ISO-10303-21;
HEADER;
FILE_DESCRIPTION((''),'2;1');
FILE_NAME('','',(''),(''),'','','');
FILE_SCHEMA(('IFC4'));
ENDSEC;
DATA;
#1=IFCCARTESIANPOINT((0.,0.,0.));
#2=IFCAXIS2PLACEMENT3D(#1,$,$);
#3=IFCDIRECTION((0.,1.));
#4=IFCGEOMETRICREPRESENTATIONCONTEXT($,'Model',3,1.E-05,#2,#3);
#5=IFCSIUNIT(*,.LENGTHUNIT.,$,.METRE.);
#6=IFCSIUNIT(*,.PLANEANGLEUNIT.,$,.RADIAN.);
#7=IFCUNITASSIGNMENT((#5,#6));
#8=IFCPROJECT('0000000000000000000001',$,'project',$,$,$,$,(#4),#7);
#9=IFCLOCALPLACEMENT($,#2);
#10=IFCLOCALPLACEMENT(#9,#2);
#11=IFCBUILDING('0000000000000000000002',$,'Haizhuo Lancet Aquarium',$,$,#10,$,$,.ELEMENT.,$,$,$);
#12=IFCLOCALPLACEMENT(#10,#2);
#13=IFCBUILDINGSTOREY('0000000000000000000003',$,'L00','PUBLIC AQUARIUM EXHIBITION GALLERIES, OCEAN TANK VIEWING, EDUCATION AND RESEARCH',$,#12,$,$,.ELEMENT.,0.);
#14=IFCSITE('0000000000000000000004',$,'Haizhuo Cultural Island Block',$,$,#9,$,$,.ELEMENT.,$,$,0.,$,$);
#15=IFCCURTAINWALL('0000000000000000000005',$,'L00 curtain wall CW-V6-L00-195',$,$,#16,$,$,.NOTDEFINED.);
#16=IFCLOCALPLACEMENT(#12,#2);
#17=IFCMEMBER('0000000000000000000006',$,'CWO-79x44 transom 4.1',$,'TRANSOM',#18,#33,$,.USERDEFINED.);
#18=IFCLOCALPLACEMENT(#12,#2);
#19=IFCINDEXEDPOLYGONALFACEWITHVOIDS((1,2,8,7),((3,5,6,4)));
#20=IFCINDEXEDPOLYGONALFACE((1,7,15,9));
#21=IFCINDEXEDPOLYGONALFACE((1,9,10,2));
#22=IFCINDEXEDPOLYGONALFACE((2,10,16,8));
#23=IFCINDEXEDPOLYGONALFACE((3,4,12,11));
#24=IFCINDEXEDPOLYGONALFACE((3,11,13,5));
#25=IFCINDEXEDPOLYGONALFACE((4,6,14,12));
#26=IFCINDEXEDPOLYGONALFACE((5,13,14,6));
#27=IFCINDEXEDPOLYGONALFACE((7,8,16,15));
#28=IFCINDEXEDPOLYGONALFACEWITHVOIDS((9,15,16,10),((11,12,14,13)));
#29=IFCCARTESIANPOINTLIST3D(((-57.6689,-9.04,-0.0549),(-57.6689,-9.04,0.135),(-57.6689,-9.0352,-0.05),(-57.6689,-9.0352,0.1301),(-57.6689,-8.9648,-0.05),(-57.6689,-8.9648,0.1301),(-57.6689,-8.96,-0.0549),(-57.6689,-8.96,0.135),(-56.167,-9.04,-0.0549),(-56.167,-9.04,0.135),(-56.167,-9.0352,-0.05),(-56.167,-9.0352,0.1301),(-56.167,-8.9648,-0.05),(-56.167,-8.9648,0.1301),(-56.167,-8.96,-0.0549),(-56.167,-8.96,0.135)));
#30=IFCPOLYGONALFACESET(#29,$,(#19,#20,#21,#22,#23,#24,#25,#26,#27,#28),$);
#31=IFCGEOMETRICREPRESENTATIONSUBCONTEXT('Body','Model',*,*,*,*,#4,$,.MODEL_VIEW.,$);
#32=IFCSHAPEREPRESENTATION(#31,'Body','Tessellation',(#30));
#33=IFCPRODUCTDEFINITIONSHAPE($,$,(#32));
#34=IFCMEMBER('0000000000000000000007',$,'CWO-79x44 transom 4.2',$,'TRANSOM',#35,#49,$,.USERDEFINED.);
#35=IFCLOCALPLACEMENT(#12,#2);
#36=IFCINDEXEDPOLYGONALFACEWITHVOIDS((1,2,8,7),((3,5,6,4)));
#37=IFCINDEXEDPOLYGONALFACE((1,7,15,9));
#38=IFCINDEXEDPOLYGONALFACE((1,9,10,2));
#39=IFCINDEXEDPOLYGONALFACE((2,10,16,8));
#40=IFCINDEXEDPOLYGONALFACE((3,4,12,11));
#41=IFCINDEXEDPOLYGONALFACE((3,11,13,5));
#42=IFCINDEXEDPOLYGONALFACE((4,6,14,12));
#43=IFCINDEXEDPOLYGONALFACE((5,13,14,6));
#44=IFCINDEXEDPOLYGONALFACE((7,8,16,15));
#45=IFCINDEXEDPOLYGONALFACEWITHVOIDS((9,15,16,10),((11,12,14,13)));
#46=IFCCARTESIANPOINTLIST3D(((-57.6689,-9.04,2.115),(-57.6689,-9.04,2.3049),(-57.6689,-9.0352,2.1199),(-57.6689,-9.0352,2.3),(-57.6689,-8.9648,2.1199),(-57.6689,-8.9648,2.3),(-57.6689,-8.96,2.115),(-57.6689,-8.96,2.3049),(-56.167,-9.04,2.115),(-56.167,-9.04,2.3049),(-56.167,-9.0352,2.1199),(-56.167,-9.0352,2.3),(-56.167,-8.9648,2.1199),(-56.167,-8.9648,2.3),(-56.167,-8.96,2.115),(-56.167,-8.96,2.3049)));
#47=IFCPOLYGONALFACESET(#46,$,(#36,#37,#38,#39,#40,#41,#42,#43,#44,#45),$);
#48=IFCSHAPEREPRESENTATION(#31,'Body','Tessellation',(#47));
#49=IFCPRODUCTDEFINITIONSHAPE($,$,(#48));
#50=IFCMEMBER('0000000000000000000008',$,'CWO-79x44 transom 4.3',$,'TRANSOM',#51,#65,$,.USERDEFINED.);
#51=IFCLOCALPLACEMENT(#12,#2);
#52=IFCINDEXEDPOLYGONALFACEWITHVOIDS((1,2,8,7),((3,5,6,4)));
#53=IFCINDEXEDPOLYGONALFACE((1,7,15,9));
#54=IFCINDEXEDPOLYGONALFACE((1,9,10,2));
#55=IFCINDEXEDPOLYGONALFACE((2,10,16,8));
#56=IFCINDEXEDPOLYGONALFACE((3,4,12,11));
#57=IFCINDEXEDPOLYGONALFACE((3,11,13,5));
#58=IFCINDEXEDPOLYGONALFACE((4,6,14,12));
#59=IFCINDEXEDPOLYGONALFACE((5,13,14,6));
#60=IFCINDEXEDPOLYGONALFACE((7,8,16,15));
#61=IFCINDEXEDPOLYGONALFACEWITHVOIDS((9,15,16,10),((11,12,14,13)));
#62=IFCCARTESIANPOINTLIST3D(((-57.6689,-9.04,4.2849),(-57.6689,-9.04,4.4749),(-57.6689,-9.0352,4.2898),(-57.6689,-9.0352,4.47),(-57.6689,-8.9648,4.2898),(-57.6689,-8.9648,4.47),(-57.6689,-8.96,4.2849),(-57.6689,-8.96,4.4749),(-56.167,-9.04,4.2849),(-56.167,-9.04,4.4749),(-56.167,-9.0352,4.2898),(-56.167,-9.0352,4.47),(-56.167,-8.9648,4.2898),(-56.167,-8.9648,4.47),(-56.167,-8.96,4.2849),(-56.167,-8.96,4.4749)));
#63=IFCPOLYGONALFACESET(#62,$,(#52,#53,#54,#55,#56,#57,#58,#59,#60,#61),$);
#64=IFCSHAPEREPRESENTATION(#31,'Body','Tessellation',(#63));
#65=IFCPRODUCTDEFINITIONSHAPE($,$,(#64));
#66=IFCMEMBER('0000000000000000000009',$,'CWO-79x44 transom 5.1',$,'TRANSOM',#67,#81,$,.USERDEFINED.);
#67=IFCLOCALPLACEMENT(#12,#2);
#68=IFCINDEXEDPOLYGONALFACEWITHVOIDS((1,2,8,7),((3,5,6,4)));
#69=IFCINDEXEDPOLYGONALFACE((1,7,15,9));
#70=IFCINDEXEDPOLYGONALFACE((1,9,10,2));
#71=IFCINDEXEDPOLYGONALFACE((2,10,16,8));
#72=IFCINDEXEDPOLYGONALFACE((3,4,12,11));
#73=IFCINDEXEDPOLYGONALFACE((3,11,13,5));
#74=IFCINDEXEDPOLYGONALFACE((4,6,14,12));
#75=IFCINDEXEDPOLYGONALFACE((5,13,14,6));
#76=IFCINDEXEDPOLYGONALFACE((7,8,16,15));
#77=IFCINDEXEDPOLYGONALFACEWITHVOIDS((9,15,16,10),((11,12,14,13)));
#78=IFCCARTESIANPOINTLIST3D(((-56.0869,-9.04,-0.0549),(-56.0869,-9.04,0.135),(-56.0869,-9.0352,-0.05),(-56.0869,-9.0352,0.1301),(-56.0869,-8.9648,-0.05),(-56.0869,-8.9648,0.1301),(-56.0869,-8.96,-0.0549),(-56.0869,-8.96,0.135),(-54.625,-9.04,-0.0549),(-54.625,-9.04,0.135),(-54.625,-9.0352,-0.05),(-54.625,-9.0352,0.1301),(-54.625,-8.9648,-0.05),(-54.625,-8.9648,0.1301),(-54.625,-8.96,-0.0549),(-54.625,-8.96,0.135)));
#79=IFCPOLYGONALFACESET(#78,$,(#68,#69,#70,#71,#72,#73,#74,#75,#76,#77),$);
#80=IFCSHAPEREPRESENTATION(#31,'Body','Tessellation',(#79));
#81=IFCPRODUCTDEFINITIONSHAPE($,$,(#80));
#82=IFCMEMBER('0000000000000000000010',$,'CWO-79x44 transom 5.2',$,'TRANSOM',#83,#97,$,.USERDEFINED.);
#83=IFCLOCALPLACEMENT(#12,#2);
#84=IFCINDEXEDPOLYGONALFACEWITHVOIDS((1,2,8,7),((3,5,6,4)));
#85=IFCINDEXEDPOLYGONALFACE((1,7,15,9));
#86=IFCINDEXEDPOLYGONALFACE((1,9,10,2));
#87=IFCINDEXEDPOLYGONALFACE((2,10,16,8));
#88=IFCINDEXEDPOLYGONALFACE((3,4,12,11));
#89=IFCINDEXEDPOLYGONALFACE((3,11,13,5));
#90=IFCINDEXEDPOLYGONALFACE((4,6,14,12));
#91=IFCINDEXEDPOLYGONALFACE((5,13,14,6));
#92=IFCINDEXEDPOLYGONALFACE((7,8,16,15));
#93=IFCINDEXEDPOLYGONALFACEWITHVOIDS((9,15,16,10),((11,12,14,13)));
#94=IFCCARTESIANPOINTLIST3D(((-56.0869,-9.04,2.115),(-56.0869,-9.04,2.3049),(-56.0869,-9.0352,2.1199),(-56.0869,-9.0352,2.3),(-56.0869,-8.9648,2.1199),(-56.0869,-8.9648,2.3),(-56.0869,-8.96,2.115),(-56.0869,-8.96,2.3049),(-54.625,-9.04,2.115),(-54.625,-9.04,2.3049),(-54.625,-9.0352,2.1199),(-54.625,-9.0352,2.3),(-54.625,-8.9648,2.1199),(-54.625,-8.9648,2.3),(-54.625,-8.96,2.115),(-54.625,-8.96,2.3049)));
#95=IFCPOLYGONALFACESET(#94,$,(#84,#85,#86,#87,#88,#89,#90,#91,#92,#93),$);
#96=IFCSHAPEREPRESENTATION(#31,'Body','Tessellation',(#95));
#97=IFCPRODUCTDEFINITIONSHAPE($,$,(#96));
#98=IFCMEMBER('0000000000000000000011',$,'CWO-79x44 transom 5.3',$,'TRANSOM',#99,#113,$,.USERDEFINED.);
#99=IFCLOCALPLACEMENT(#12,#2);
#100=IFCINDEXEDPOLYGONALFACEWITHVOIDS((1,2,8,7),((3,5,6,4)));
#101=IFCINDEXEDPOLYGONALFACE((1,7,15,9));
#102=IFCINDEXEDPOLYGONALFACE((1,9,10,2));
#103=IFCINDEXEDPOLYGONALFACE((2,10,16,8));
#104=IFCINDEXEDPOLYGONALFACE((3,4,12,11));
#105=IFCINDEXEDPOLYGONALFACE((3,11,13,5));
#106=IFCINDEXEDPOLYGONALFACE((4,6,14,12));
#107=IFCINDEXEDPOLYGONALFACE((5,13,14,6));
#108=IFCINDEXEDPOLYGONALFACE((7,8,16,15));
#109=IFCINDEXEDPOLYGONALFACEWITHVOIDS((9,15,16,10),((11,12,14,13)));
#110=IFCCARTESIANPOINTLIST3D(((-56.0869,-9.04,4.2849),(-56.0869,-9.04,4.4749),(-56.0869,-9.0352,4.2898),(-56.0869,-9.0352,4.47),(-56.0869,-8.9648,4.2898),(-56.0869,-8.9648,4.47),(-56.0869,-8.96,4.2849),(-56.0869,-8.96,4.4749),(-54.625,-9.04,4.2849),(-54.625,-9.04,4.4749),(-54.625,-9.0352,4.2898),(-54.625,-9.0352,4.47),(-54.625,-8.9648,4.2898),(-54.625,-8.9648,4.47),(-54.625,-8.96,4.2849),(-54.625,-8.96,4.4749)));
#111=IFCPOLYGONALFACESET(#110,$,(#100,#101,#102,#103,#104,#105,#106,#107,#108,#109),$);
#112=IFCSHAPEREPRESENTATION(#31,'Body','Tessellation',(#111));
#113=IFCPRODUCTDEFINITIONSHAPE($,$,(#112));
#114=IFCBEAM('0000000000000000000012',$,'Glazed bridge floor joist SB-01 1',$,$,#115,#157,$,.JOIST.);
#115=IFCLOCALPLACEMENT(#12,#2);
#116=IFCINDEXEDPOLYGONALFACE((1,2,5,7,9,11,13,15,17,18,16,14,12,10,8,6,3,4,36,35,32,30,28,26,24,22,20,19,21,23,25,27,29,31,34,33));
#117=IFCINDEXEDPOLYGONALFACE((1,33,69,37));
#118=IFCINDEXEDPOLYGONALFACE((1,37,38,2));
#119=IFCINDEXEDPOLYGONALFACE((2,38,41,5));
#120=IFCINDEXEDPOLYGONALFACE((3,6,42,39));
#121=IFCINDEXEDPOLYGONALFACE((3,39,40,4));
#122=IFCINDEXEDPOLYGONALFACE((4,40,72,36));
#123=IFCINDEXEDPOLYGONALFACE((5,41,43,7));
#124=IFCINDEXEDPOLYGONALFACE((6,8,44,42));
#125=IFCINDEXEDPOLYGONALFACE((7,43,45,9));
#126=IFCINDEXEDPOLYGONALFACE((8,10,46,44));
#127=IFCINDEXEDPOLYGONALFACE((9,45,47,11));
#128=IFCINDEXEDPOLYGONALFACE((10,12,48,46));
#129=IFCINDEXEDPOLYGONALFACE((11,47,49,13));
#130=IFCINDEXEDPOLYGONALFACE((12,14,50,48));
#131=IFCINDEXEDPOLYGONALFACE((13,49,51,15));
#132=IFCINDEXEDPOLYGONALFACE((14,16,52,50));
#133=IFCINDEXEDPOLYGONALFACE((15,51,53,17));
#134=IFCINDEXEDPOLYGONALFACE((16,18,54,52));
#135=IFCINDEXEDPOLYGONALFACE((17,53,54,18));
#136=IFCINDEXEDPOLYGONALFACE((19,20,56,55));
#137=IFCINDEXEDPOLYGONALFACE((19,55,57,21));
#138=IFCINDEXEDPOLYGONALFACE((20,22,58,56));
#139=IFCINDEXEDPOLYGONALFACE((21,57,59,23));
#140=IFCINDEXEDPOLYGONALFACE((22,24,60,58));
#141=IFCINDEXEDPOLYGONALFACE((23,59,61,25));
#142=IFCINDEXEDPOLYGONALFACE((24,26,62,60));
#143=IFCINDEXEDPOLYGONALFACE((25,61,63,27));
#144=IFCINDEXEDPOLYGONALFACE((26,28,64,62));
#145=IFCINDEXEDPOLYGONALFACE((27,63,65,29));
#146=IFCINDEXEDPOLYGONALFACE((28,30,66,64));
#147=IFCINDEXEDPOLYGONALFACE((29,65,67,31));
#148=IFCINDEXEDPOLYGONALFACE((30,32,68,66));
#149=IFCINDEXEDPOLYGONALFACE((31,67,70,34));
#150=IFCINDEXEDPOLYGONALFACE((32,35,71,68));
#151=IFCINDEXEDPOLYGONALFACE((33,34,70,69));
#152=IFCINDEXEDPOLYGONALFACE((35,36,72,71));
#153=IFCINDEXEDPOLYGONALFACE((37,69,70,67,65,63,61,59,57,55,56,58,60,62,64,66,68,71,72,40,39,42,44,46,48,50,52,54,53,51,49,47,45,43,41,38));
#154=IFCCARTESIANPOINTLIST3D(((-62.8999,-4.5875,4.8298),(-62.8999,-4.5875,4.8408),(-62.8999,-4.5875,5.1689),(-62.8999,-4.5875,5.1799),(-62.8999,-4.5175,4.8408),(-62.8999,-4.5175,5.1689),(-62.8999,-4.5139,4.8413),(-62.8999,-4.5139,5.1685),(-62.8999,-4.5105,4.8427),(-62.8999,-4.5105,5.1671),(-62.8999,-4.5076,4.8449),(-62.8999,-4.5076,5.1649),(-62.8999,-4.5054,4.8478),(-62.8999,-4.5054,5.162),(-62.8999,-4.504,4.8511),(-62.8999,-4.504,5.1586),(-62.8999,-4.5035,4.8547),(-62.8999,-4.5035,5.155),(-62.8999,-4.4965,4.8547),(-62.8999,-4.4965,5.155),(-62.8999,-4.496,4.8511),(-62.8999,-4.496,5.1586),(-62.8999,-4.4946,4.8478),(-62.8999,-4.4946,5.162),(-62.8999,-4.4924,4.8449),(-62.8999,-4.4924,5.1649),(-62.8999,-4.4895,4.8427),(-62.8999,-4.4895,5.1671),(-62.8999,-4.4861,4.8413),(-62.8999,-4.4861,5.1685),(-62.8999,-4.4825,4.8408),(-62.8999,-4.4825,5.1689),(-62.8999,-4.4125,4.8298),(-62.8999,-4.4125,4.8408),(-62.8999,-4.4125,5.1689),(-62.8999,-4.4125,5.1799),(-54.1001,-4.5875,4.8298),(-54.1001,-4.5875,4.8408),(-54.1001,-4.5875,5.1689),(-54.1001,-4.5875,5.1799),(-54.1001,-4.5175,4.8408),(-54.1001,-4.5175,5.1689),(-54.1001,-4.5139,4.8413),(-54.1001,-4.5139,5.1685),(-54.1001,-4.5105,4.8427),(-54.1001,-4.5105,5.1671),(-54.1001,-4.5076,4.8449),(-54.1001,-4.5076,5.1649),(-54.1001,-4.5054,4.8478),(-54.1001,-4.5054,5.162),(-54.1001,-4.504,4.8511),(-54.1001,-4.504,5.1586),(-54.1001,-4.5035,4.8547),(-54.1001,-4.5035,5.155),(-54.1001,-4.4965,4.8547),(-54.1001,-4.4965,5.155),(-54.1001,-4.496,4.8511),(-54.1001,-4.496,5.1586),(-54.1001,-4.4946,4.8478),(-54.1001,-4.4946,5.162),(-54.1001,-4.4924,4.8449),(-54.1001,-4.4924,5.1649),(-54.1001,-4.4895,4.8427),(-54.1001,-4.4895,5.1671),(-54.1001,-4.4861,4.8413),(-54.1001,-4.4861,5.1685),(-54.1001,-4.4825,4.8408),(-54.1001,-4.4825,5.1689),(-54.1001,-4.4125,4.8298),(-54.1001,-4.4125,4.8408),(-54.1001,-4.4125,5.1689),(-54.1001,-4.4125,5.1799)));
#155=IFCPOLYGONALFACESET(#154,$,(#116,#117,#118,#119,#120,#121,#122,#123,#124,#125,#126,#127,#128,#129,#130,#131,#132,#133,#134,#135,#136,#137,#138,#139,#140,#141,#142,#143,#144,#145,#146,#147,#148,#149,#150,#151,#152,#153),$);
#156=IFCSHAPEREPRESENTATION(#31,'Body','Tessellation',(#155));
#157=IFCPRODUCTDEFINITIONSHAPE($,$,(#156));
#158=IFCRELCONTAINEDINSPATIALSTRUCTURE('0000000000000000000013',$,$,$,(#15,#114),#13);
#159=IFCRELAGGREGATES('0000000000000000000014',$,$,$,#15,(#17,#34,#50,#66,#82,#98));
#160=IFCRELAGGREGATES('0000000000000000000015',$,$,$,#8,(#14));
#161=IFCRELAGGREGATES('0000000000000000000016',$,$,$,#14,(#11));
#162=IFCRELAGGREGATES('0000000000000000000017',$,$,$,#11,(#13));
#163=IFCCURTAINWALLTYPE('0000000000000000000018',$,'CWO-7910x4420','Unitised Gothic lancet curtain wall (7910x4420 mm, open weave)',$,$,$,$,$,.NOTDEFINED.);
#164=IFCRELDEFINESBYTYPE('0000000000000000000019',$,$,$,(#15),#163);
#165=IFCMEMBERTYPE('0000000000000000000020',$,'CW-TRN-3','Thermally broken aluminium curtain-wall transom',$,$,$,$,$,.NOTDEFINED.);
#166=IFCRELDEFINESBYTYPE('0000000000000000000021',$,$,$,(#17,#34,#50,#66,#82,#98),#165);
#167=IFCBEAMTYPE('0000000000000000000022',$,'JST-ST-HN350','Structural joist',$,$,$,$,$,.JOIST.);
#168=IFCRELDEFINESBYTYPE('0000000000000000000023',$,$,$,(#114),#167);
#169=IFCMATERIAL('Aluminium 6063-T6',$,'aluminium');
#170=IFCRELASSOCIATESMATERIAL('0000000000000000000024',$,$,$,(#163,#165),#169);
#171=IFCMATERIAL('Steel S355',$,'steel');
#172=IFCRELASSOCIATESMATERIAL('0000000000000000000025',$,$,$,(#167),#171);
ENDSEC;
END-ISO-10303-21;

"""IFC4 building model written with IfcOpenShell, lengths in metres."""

from ifc_helpers import new_model, si_unit, direction, frame, origin, origin_2d, place, context, subcontext, project, spatial, hollow_rectangle, i_section, extrude, material, material_profile, profile_set, type_object, element, aggregate, save


model = new_model("IFC4")

# Units and contexts
model_context = context("Model", 3, precision=1e-05, world=origin(), true_north=direction((0.0, 1.0)))
body_context = subcontext(model_context, "Body", "Model", "MODEL_VIEW")
ifc_project = project(units=[si_unit("LENGTHUNIT", "METRE"), si_unit("PLANEANGLEUNIT", "RADIAN")], contexts=[model_context])

# Site, building, storey
site_placement = place(None, origin())
site = spatial("IfcSite", under=ifc_project, at=site_placement, Name="Haizhuo Cultural Island Block", CompositionType="ELEMENT", RefElevation=0.0)
building_placement = place(site_placement, origin())
building = spatial("IfcBuilding", under=site, at=building_placement, Name="Haizhuo Lancet Aquarium", CompositionType="ELEMENT")
storey_placement = place(building_placement, origin())
storey = spatial("IfcBuildingStorey", under=building, at=storey_placement, Name="L00", Description="PUBLIC AQUARIUM EXHIBITION GALLERIES, OCEAN TANK VIEWING, EDUCATION AND RESEARCH", CompositionType="ELEMENT", Elevation=0.0)

# Shared definitions
ifc_material_1 = material(Name="Steel S355", Category="steel")

# Curtain wall, members
ifc_material_2 = material(Name="Aluminium 6063-T6", Category="aluminium")
curtain_wall_type = type_object("IfcCurtainWallType", Name="CWO-7910x4420", Description="Unitised Gothic lancet curtain wall (7910x4420 mm, open weave)", PredefinedType="NOTDEFINED", material=ifc_material_2)
curtain_wall_placement = place(storey_placement, origin())
curtain_wall = element("IfcCurtainWall", 1, at=curtain_wall_placement, inside=storey, type_object=curtain_wall_type, Name="L00 curtain wall CW-V6-L00-195", PredefinedType="NOTDEFINED")
ifc_material_profile_1 = material_profile(ifc_material_2, hollow_rectangle(XDim=0.0801, YDim=0.1899, WallThickness=0.0049, at=origin_2d()), Name="ALU-T 80x190x5")
ifc_profile_set_1 = profile_set([ifc_material_profile_1], Name="Aluminium 6063-T6")
member_type_1 = type_object("IfcMemberType", Name="CW-TRN-3", Description="Thermally broken aluminium curtain-wall transom", PredefinedType="NOTDEFINED", material=ifc_profile_set_1)
member_1_placement = place(storey_placement, frame((-57.6689, -9.0, 0.04), z_axis=(1.0, 0.0, 0.0), x_axis=(0.0, 1.0, 0.0)))
member_1 = element("IfcMember", 2, at=member_1_placement, type_object=member_type_1, Name="CWO-79x44 transom 4.1", ObjectType="TRANSOM", PredefinedType="USERDEFINED", context=body_context, shape_type="SweptSolid", body=[
    extrude(hollow_rectangle(XDim=0.0801, YDim=0.1899, WallThickness=0.0049, at=origin_2d()), origin(), (0.0, 0.0, 1.0), 1.502),
])
member_2_placement = place(storey_placement, frame((-57.6689, -9.0, 2.21), z_axis=(1.0, 0.0, 0.0), x_axis=(0.0, 1.0, 0.0)))
member_2 = element("IfcMember", 3, at=member_2_placement, type_object=member_type_1, Name="CWO-79x44 transom 4.2", ObjectType="TRANSOM", PredefinedType="USERDEFINED", context=body_context, shape_type="SweptSolid", body=[
    extrude(hollow_rectangle(XDim=0.0801, YDim=0.1899, WallThickness=0.0049, at=origin_2d()), origin(), (0.0, 0.0, 1.0), 1.502),
])
member_3_placement = place(storey_placement, frame((-57.6689, -9.0, 4.3799), z_axis=(1.0, 0.0, 0.0), x_axis=(0.0, 1.0, 0.0)))
member_3 = element("IfcMember", 4, at=member_3_placement, type_object=member_type_1, Name="CWO-79x44 transom 4.3", ObjectType="TRANSOM", PredefinedType="USERDEFINED", context=body_context, shape_type="SweptSolid", body=[
    extrude(hollow_rectangle(XDim=0.0801, YDim=0.1899, WallThickness=0.0049, at=origin_2d()), origin(), (0.0, 0.0, 1.0), 1.502),
])
member_4_placement = place(storey_placement, frame((-56.0869, -9.0, 0.04), z_axis=(1.0, 0.0, 0.0), x_axis=(0.0, 1.0, 0.0)))
member_4 = element("IfcMember", 5, at=member_4_placement, type_object=member_type_1, Name="CWO-79x44 transom 5.1", ObjectType="TRANSOM", PredefinedType="USERDEFINED", context=body_context, shape_type="SweptSolid", body=[
    extrude(hollow_rectangle(XDim=0.0801, YDim=0.1899, WallThickness=0.0049, at=origin_2d()), origin(), (0.0, 0.0, 1.0), 1.4619),
])
member_5_placement = place(storey_placement, frame((-56.0869, -9.0, 2.21), z_axis=(1.0, 0.0, 0.0), x_axis=(0.0, 1.0, 0.0)))
member_5 = element("IfcMember", 6, at=member_5_placement, type_object=member_type_1, Name="CWO-79x44 transom 5.2", ObjectType="TRANSOM", PredefinedType="USERDEFINED", context=body_context, shape_type="SweptSolid", body=[
    extrude(hollow_rectangle(XDim=0.0801, YDim=0.1899, WallThickness=0.0049, at=origin_2d()), origin(), (0.0, 0.0, 1.0), 1.4619),
])
member_6_placement = place(storey_placement, frame((-56.0869, -9.0, 4.3799), z_axis=(1.0, 0.0, 0.0), x_axis=(0.0, 1.0, 0.0)))
member_6 = element("IfcMember", 7, at=member_6_placement, type_object=member_type_1, Name="CWO-79x44 transom 5.3", ObjectType="TRANSOM", PredefinedType="USERDEFINED", context=body_context, shape_type="SweptSolid", body=[
    extrude(hollow_rectangle(XDim=0.0801, YDim=0.1899, WallThickness=0.0049, at=origin_2d()), origin(), (0.0, 0.0, 1.0), 1.4619),
])

# Beam
ifc_material_profile_2 = material_profile(ifc_material_1, i_section(OverallWidth=0.175, OverallDepth=0.3501, WebThickness=0.0071, FlangeThickness=0.011, FilletRadius=0.0139, at=origin_2d()), Name="HN 350x175x7x11")
ifc_profile_set_2 = profile_set([ifc_material_profile_2], Name="Steel S355")
beam_type_1 = type_object("IfcBeamType", Name="JST-ST-HN350", Description="Structural joist", PredefinedType="JOIST", material=ifc_profile_set_2)
for number, where, z_axis, x_axis, name in (
    (8, (-62.8999, -4.5, 5.0049), (1.0, 0.0, 0.0), (0.0, 1.0, 0.0), "Glazed bridge floor joist SB-01 1"),
):
    element("IfcBeam", number, at=place(storey_placement, frame(where, z_axis=z_axis, x_axis=x_axis)), inside=storey, type_object=beam_type_1, Name=name, PredefinedType="JOIST", context=body_context, shape_type="SweptSolid", body=[
        extrude(i_section(OverallWidth=0.175, OverallDepth=0.3501, WebThickness=0.0071, FlangeThickness=0.011, FilletRadius=0.0139, at=origin_2d()), origin(), (0.0, 0.0, 1.0), 8.7998),
    ])

aggregate(curtain_wall, [member_1, member_2, member_3, member_4, member_5, member_6])

save(model, "model.ifc")
